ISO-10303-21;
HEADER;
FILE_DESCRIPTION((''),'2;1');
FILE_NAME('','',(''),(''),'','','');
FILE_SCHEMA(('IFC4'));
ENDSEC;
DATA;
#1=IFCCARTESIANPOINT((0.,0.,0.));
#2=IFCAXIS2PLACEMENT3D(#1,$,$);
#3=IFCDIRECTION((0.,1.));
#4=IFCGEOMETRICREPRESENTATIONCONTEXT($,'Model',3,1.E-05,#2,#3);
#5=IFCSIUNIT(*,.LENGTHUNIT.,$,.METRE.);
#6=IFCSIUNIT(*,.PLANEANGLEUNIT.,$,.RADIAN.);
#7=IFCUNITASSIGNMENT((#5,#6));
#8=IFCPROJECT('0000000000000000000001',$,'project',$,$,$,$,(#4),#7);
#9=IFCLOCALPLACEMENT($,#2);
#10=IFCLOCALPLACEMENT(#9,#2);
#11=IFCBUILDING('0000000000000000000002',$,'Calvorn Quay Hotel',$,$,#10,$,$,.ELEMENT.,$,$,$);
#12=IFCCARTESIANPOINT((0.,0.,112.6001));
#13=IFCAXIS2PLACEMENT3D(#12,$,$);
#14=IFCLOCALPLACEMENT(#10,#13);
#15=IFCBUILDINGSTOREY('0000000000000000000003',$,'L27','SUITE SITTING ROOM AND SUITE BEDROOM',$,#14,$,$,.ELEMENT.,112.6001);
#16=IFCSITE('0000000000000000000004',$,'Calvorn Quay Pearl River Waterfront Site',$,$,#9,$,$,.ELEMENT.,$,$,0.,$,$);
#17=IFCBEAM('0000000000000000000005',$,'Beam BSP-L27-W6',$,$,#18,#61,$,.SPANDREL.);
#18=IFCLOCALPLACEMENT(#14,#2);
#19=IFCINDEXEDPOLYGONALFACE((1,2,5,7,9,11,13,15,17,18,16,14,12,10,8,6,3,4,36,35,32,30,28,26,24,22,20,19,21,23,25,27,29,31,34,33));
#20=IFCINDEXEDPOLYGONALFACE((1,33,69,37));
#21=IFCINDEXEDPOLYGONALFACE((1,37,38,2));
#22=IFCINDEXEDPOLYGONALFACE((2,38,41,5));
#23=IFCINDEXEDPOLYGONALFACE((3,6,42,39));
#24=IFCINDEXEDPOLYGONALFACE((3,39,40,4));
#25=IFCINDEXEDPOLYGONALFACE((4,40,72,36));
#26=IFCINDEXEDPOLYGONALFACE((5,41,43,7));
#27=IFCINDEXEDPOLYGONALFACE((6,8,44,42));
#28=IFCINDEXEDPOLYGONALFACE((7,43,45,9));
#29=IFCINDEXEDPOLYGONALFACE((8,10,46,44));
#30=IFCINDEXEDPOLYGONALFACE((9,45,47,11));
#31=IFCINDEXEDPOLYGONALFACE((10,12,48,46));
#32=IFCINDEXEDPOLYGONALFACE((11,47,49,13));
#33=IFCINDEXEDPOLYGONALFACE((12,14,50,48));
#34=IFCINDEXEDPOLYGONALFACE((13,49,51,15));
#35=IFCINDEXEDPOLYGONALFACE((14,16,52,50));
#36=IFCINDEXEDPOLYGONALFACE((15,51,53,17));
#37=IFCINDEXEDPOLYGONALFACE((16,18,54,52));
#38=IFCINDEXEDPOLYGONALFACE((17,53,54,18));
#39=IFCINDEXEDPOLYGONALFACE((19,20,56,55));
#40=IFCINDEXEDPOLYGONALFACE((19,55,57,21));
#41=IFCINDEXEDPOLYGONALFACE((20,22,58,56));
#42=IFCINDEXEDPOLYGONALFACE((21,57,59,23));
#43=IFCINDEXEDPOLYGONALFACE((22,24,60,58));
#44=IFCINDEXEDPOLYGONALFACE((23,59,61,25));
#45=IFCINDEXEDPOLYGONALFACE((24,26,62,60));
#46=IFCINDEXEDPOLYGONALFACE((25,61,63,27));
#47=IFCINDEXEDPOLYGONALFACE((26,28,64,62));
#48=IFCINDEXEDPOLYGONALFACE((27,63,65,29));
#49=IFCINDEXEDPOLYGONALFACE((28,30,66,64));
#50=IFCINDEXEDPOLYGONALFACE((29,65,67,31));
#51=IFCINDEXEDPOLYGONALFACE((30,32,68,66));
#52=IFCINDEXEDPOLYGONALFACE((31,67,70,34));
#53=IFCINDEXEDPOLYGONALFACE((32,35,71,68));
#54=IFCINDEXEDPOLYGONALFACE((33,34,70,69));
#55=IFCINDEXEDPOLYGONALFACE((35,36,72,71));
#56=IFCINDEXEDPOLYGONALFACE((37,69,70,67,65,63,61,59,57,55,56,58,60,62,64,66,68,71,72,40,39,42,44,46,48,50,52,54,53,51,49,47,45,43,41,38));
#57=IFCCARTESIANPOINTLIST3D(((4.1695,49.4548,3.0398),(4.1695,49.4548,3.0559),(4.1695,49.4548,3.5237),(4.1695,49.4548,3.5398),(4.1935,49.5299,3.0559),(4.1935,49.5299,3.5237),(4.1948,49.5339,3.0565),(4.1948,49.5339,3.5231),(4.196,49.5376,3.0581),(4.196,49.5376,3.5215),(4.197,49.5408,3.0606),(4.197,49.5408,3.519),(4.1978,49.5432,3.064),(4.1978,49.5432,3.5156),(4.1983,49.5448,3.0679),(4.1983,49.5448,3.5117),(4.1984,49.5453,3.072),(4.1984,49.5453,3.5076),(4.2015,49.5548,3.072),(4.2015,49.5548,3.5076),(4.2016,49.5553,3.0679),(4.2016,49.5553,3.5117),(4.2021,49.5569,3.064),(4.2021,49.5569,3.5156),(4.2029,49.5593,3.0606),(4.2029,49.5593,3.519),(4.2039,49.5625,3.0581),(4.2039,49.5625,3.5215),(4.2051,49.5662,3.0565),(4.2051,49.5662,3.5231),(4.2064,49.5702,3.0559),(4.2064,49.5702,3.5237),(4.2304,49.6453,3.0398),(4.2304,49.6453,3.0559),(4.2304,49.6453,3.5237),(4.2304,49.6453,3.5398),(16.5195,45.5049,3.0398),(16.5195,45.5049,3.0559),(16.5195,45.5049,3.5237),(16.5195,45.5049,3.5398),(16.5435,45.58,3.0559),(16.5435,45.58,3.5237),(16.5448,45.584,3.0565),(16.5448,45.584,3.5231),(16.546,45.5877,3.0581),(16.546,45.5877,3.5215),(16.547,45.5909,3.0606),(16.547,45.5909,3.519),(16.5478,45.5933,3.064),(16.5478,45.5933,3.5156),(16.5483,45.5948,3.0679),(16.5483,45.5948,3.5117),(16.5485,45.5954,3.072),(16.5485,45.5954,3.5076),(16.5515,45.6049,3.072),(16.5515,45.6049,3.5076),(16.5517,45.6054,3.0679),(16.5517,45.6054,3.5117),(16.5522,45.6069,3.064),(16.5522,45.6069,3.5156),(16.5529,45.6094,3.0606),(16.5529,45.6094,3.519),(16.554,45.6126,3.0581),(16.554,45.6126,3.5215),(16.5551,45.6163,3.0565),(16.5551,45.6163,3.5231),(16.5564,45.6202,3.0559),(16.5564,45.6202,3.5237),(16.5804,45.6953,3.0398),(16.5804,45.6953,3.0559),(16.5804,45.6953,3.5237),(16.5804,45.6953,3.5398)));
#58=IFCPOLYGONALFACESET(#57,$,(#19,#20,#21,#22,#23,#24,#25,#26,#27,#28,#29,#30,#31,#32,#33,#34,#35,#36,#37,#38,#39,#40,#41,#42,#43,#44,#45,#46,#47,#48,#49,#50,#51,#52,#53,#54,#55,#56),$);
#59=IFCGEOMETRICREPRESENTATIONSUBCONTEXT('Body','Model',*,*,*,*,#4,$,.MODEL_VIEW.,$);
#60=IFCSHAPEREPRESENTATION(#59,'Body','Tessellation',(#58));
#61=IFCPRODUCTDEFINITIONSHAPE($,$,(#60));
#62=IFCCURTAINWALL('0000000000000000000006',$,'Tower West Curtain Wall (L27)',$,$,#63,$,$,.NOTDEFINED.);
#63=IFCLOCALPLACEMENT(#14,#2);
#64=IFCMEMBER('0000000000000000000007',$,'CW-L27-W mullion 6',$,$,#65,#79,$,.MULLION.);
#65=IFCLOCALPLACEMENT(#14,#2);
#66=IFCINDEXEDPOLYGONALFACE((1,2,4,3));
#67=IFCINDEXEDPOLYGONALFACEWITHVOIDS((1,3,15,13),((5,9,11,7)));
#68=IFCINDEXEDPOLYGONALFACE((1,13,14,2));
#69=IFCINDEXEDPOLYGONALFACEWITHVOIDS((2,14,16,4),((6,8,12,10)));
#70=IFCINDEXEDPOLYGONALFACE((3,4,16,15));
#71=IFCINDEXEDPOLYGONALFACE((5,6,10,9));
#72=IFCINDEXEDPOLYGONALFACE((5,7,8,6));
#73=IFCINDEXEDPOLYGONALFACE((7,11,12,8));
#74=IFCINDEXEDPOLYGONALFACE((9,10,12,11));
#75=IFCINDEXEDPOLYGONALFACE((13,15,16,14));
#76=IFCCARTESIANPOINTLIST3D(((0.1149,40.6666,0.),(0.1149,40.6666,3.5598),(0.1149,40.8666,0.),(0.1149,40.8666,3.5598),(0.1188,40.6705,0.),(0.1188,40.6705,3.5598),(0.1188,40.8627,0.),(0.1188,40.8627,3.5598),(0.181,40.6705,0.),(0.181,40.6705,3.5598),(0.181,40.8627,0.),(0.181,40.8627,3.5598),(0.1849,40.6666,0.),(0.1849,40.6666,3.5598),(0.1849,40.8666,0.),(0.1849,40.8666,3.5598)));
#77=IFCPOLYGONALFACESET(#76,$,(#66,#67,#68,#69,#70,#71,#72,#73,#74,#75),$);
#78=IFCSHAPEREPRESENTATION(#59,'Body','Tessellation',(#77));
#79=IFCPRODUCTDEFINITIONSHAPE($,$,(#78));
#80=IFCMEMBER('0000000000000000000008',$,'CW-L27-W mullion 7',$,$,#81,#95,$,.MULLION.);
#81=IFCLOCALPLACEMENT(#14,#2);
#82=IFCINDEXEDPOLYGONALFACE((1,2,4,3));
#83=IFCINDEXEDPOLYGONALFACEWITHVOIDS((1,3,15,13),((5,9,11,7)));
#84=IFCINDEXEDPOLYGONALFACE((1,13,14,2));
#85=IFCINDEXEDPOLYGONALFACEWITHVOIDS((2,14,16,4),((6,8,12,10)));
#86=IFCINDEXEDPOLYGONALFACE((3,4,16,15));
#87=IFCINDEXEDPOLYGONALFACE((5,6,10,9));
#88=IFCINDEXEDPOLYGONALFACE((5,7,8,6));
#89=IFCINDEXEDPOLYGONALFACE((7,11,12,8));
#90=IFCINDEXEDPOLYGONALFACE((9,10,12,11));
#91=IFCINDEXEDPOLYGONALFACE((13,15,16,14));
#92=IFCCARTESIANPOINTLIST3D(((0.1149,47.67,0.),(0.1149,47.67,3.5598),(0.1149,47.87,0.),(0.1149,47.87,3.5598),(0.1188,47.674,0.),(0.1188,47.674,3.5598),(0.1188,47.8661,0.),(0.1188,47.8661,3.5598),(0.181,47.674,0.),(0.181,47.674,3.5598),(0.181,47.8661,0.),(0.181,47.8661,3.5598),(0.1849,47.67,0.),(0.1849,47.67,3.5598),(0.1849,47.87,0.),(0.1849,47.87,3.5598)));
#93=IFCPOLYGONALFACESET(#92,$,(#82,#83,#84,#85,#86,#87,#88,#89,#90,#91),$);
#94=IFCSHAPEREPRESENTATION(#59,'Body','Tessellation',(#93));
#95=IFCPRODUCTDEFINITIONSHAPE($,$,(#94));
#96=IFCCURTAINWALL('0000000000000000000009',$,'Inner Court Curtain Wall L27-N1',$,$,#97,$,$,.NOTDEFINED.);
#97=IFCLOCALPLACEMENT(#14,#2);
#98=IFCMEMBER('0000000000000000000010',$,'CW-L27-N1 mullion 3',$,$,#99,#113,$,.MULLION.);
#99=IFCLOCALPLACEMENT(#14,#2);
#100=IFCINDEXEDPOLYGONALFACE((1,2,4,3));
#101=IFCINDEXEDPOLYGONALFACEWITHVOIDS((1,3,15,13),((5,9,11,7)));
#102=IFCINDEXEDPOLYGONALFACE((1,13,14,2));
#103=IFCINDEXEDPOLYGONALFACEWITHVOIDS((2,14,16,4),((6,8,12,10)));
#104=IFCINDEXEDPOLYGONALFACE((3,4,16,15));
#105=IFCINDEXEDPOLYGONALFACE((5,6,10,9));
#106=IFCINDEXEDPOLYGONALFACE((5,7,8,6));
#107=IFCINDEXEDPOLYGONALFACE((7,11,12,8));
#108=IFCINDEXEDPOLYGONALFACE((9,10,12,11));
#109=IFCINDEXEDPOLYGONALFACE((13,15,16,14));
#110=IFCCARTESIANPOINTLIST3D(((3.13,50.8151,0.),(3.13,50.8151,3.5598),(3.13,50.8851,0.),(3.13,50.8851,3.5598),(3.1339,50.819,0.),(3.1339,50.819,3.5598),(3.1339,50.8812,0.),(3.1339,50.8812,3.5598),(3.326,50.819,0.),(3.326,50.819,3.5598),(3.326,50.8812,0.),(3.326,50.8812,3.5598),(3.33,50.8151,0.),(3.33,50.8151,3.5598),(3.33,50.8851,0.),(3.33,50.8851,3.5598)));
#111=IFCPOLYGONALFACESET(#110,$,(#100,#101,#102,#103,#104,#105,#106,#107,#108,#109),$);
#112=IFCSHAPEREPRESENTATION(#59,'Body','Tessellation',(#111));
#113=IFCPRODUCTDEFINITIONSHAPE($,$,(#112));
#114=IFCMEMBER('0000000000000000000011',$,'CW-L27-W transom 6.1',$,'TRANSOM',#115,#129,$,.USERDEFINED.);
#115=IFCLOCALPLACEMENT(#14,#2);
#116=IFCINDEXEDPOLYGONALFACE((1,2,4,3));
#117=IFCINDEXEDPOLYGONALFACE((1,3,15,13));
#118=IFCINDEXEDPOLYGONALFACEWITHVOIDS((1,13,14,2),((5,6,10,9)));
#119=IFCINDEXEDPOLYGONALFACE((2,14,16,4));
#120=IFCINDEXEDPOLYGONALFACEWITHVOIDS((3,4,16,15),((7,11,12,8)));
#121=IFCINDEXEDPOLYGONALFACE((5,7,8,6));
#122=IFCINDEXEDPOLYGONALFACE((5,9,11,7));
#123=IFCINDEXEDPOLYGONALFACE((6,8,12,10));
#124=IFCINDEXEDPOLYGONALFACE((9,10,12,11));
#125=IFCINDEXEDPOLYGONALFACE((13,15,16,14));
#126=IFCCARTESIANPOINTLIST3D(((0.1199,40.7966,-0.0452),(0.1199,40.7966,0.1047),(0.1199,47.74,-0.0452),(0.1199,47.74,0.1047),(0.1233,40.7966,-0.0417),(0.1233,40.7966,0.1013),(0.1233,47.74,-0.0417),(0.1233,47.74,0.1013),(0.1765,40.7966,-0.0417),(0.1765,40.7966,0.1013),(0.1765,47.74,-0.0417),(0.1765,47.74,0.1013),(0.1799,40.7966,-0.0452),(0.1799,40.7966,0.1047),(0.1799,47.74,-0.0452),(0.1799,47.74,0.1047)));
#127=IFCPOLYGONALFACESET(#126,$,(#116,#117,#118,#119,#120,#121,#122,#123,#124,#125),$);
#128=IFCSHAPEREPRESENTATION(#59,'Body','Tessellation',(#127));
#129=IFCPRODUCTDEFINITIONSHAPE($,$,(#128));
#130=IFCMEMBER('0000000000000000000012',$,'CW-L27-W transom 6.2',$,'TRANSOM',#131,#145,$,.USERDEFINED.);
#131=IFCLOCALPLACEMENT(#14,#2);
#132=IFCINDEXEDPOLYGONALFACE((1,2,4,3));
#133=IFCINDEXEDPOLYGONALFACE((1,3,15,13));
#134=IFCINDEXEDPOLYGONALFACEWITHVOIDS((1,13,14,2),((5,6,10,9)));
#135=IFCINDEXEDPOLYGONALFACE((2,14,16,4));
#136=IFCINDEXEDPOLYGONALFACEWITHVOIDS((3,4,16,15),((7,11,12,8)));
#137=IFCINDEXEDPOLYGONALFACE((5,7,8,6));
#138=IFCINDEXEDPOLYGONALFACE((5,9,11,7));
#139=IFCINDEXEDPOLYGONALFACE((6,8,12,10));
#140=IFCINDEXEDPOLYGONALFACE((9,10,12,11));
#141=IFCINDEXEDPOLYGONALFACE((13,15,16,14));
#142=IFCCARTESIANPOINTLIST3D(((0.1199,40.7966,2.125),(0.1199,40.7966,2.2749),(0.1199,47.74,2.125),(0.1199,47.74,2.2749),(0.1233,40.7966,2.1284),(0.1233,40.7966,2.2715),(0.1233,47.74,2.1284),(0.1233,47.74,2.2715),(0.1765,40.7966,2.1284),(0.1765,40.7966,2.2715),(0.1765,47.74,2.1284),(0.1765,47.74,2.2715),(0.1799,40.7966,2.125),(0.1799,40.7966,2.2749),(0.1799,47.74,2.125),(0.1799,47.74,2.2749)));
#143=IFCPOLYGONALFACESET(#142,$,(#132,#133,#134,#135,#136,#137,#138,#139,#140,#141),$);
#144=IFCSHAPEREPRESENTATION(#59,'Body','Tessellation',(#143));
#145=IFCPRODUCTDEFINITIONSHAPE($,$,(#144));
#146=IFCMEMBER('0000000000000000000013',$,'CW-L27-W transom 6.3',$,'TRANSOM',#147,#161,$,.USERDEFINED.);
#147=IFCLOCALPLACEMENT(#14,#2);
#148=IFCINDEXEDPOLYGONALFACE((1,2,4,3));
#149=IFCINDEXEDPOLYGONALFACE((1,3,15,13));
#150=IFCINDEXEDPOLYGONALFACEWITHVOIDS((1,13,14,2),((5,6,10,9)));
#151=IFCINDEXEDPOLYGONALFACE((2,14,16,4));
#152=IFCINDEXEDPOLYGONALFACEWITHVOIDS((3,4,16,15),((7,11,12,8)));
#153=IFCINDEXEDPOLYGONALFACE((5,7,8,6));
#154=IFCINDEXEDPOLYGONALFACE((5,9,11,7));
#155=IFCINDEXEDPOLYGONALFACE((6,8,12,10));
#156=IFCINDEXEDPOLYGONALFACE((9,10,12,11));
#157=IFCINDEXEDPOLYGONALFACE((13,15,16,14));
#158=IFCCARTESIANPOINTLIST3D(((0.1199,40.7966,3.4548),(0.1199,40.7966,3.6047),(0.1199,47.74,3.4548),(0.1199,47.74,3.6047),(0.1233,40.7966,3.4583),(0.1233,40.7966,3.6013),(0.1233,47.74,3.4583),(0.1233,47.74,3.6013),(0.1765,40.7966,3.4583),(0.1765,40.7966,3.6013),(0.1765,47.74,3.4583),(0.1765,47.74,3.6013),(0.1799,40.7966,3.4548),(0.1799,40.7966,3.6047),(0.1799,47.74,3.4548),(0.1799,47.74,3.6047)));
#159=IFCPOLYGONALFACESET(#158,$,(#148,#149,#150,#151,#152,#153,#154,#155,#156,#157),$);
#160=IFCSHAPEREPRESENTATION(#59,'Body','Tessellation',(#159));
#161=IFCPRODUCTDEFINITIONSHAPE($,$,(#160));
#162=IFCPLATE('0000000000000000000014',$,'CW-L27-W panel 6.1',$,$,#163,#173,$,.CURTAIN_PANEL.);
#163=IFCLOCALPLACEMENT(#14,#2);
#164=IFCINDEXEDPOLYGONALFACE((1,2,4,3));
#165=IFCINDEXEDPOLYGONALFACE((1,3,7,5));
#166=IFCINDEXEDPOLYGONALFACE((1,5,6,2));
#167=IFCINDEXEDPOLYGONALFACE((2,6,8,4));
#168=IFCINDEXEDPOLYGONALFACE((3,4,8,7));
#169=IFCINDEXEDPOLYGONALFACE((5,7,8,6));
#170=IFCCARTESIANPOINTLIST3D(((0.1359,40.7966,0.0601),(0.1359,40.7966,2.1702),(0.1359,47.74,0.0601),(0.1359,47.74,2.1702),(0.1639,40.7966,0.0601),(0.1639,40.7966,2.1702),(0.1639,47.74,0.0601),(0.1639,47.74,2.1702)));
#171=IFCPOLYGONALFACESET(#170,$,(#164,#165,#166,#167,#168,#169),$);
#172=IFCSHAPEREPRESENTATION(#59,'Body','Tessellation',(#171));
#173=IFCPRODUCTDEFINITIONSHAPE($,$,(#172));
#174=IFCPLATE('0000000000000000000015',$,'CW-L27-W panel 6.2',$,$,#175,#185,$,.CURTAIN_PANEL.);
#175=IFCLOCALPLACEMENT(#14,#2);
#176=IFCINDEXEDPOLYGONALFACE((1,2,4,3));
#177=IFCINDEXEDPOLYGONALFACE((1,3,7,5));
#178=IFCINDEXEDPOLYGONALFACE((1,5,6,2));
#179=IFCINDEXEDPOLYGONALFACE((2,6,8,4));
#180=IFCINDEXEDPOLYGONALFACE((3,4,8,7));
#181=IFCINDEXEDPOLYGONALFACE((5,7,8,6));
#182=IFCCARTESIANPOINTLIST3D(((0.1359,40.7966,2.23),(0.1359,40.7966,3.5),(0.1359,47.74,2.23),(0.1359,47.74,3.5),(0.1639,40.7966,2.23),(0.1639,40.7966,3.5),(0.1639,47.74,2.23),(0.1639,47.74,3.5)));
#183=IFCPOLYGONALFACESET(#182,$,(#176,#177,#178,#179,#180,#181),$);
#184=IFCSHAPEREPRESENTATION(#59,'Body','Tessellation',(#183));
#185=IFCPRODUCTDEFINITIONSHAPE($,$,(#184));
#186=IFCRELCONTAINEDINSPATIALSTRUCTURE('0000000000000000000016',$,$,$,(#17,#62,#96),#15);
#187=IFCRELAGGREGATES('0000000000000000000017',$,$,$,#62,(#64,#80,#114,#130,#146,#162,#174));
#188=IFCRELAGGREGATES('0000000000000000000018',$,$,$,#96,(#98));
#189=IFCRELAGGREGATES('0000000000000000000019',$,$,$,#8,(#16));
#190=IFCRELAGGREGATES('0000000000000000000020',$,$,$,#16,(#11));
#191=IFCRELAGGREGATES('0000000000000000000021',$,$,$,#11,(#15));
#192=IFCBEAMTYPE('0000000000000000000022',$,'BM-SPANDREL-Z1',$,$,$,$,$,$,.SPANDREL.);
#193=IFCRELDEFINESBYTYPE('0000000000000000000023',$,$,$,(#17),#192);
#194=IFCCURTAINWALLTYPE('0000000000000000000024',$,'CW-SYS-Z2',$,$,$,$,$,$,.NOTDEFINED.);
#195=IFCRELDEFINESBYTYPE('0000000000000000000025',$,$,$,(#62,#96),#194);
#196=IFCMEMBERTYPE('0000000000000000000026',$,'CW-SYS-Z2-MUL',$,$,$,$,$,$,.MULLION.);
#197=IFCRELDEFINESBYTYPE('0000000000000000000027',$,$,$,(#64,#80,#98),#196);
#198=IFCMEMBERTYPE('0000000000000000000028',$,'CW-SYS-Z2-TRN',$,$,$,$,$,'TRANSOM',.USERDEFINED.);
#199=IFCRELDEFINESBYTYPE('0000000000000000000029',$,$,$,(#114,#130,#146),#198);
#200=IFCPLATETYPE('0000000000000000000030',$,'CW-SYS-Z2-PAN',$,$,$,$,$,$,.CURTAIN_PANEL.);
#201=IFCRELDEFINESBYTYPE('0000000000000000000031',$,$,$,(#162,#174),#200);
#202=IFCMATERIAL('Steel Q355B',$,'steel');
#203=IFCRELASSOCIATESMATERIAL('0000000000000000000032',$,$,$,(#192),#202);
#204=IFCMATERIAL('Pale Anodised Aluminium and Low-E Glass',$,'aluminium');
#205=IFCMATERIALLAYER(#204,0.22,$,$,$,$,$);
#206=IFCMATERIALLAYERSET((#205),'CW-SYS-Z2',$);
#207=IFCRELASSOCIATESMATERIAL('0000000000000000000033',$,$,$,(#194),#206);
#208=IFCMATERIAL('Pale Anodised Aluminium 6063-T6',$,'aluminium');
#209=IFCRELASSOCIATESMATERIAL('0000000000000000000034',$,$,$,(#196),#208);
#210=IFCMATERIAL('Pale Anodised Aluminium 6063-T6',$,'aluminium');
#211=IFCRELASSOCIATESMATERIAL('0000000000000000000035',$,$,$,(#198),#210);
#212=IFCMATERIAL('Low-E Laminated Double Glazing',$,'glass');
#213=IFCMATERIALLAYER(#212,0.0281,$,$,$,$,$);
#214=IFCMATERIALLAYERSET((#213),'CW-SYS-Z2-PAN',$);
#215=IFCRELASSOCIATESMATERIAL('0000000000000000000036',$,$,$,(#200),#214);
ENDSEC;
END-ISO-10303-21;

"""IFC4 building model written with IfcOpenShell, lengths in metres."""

from ifc_helpers import new_model, si_unit, direction, frame, origin, origin_2d, place, context, subcontext, project, spatial, rectangle, hollow_rectangle, i_section, extrude, material, layer, layer_set, material_profile, profile_set, type_object, element, aggregate, save


model = new_model("IFC4")

# Units and contexts
model_context = context("Model", 3, precision=1e-05, world=origin(), true_north=direction((0.0, 1.0)))
body_context = subcontext(model_context, "Body", "Model", "MODEL_VIEW")
ifc_project = project(units=[si_unit("LENGTHUNIT", "METRE"), si_unit("PLANEANGLEUNIT", "RADIAN")], contexts=[model_context])

# Site, building, storey
site_placement = place(None, origin())
site = spatial("IfcSite", under=ifc_project, at=site_placement, Name="Calvorn Quay Pearl River Waterfront Site", CompositionType="ELEMENT", RefElevation=0.0)
building_placement = place(site_placement, origin())
building = spatial("IfcBuilding", under=site, at=building_placement, Name="Calvorn Quay Hotel", CompositionType="ELEMENT")
storey_placement = place(building_placement, frame((0.0, 0.0, 112.6001)))
storey = spatial("IfcBuildingStorey", under=building, at=storey_placement, Name="L27", Description="SUITE SITTING ROOM AND SUITE BEDROOM", CompositionType="ELEMENT", Elevation=112.6001)

# Beam
ifc_material_1 = material(Name="Steel Q355B", Category="steel")
ifc_material_profile_1 = material_profile(ifc_material_1, i_section(OverallWidth=0.2, OverallDepth=0.5, WebThickness=0.01, FlangeThickness=0.0161, FilletRadius=0.0161, at=origin_2d()), Name="HN500x200x10x16")
ifc_profile_set_1 = profile_set([ifc_material_profile_1], Name="Steel Q355B")
beam_type_1 = type_object("IfcBeamType", Name="BM-SPANDREL-Z1", PredefinedType="SPANDREL", material=ifc_profile_set_1)
beam_1_placement = place(storey_placement, frame((4.2, 49.55, 3.2898), z_axis=(0.952471, -0.30463, 0.0), x_axis=(0.30463, 0.952471, 0.0)))
element("IfcBeam", 1, at=beam_1_placement, inside=storey, type_object=beam_type_1, Name="Beam BSP-L27-W6", PredefinedType="SPANDREL", context=body_context, shape_type="SweptSolid", body=[
    extrude(i_section(OverallWidth=0.2, OverallDepth=0.5, WebThickness=0.01, FlangeThickness=0.0161, FilletRadius=0.0161, at=origin_2d()), origin(), (0.0, 0.0, 1.0), 12.9663),
])

# Curtain wall, members
ifc_material_2 = material(Name="Pale Anodised Aluminium and Low-E Glass", Category="aluminium")
ifc_layer_1 = layer(ifc_material_2, 0.22)
ifc_layer_set_1 = layer_set([ifc_layer_1], Name="CW-SYS-Z2")
curtain_wall_type = type_object("IfcCurtainWallType", Name="CW-SYS-Z2", PredefinedType="NOTDEFINED", material=ifc_layer_set_1)
curtain_wall_1_placement = place(storey_placement, origin())
curtain_wall_1 = element("IfcCurtainWall", 2, at=curtain_wall_1_placement, inside=storey, type_object=curtain_wall_type, Name="Tower West Curtain Wall (L27)", PredefinedType="NOTDEFINED")
ifc_material_3 = material(Name="Pale Anodised Aluminium 6063-T6", Category="aluminium")
ifc_material_profile_2 = material_profile(ifc_material_3, hollow_rectangle(XDim=0.0701, YDim=0.2, WallThickness=0.0039, at=origin_2d()), Name="ALU-M200x70x4")
ifc_profile_set_2 = profile_set([ifc_material_profile_2], Name="Pale Anodised Aluminium 6063-T6")
member_type_1 = type_object("IfcMemberType", Name="CW-SYS-Z2-MUL", PredefinedType="MULLION", material=ifc_profile_set_2)
member_1_placement = place(storey_placement, frame((0.1499, 40.7666, 0.0), z_axis=(0.0, 0.0, 1.0), x_axis=(-1.0, 0.0, 0.0)))
member_1 = element("IfcMember", 3, at=member_1_placement, type_object=member_type_1, Name="CW-L27-W mullion 6", PredefinedType="MULLION", context=body_context, shape_type="SweptSolid", body=[
    extrude(hollow_rectangle(XDim=0.0701, YDim=0.2, WallThickness=0.0039, at=origin_2d()), origin(), (0.0, 0.0, 1.0), 3.5598),
])
member_2_placement = place(storey_placement, frame((0.1499, 47.77, 0.0), z_axis=(0.0, 0.0, 1.0), x_axis=(-1.0, 0.0, 0.0)))
member_2 = element("IfcMember", 4, at=member_2_placement, type_object=member_type_1, Name="CW-L27-W mullion 7", PredefinedType="MULLION", context=body_context, shape_type="SweptSolid", body=[
    extrude(hollow_rectangle(XDim=0.0701, YDim=0.2, WallThickness=0.0039, at=origin_2d()), origin(), (0.0, 0.0, 1.0), 3.5598),
])

# Curtain wall, member
curtain_wall_2_placement = place(storey_placement, origin())
curtain_wall_2 = element("IfcCurtainWall", 5, at=curtain_wall_2_placement, inside=storey, type_object=curtain_wall_type, Name="Inner Court Curtain Wall L27-N1", PredefinedType="NOTDEFINED")
member_3_placement = place(storey_placement, frame((3.23, 50.8501, 0.0), z_axis=(0.0, 0.0, 1.0), x_axis=(0.0, -1.0, 0.0)))
member_3 = element("IfcMember", 6, at=member_3_placement, type_object=member_type_1, Name="CW-L27-N1 mullion 3", PredefinedType="MULLION", context=body_context, shape_type="SweptSolid", body=[
    extrude(hollow_rectangle(XDim=0.0701, YDim=0.2, WallThickness=0.0039, at=origin_2d()), origin(), (0.0, 0.0, 1.0), 3.5598),
])

# Members
ifc_material_4 = material(Name="Pale Anodised Aluminium 6063-T6", Category="aluminium")
ifc_material_profile_3 = material_profile(ifc_material_4, hollow_rectangle(XDim=0.0601, YDim=0.1499, WallThickness=0.0034, at=origin_2d()), Name="ALU-T150x60x3.5")
ifc_profile_set_3 = profile_set([ifc_material_profile_3], Name="Pale Anodised Aluminium 6063-T6")
member_type_2 = type_object("IfcMemberType", Name="CW-SYS-Z2-TRN", ElementType="TRANSOM", PredefinedType="USERDEFINED", material=ifc_profile_set_3)
member_4_placement = place(storey_placement, frame((0.1499, 40.7966, 0.0298), z_axis=(0.0, 1.0, 0.0), x_axis=(-1.0, 0.0, 0.0)))
member_4 = element("IfcMember", 7, at=member_4_placement, type_object=member_type_2, Name="CW-L27-W transom 6.1", ObjectType="TRANSOM", PredefinedType="USERDEFINED", context=body_context, shape_type="SweptSolid", body=[
    extrude(hollow_rectangle(XDim=0.0601, YDim=0.1499, WallThickness=0.0034, at=origin_2d()), origin(), (0.0, 0.0, 1.0), 6.9434),
])
member_5_placement = place(storey_placement, frame((0.1499, 40.7966, 2.2), z_axis=(0.0, 1.0, 0.0), x_axis=(-1.0, 0.0, 0.0)))
member_5 = element("IfcMember", 8, at=member_5_placement, type_object=member_type_2, Name="CW-L27-W transom 6.2", ObjectType="TRANSOM", PredefinedType="USERDEFINED", context=body_context, shape_type="SweptSolid", body=[
    extrude(hollow_rectangle(XDim=0.0601, YDim=0.1499, WallThickness=0.0034, at=origin_2d()), origin(), (0.0, 0.0, 1.0), 6.9434),
])
member_6_placement = place(storey_placement, frame((0.1499, 40.7966, 3.5298), z_axis=(0.0, 1.0, 0.0), x_axis=(-1.0, 0.0, 0.0)))
member_6 = element("IfcMember", 9, at=member_6_placement, type_object=member_type_2, Name="CW-L27-W transom 6.3", ObjectType="TRANSOM", PredefinedType="USERDEFINED", context=body_context, shape_type="SweptSolid", body=[
    extrude(hollow_rectangle(XDim=0.0601, YDim=0.1499, WallThickness=0.0034, at=origin_2d()), origin(), (0.0, 0.0, 1.0), 6.9434),
])

# Plates
ifc_material_5 = material(Name="Low-E Laminated Double Glazing", Category="glass")
ifc_layer_2 = layer(ifc_material_5, 0.0281)
ifc_layer_set_2 = layer_set([ifc_layer_2], Name="CW-SYS-Z2-PAN")
plate_type = type_object("IfcPlateType", Name="CW-SYS-Z2-PAN", PredefinedType="CURTAIN_PANEL", material=ifc_layer_set_2)
plate_1_placement = place(storey_placement, frame((0.1499, 44.2683, 0.0601), z_axis=(0.0, 0.0, 1.0), x_axis=(0.0, 1.0, 0.0)))
plate_1 = element("IfcPlate", 10, at=plate_1_placement, type_object=plate_type, Name="CW-L27-W panel 6.1", PredefinedType="CURTAIN_PANEL", context=body_context, shape_type="SweptSolid", body=[
    extrude(rectangle(XDim=6.9434, YDim=0.0281, at=origin_2d()), origin(), (0.0, 0.0, 1.0), 2.1101),
])
plate_2_placement = place(storey_placement, frame((0.1499, 44.2683, 2.23), z_axis=(0.0, 0.0, 1.0), x_axis=(0.0, 1.0, 0.0)))
plate_2 = element("IfcPlate", 11, at=plate_2_placement, type_object=plate_type, Name="CW-L27-W panel 6.2", PredefinedType="CURTAIN_PANEL", context=body_context, shape_type="SweptSolid", body=[
    extrude(rectangle(XDim=6.9434, YDim=0.0281, at=origin_2d()), origin(), (0.0, 0.0, 1.0), 1.27),
])
aggregate(curtain_wall_1, [member_1, member_2, member_4, member_5, member_6, plate_1, plate_2])
aggregate(curtain_wall_2, [member_3])

save(model, "model.ifc")
